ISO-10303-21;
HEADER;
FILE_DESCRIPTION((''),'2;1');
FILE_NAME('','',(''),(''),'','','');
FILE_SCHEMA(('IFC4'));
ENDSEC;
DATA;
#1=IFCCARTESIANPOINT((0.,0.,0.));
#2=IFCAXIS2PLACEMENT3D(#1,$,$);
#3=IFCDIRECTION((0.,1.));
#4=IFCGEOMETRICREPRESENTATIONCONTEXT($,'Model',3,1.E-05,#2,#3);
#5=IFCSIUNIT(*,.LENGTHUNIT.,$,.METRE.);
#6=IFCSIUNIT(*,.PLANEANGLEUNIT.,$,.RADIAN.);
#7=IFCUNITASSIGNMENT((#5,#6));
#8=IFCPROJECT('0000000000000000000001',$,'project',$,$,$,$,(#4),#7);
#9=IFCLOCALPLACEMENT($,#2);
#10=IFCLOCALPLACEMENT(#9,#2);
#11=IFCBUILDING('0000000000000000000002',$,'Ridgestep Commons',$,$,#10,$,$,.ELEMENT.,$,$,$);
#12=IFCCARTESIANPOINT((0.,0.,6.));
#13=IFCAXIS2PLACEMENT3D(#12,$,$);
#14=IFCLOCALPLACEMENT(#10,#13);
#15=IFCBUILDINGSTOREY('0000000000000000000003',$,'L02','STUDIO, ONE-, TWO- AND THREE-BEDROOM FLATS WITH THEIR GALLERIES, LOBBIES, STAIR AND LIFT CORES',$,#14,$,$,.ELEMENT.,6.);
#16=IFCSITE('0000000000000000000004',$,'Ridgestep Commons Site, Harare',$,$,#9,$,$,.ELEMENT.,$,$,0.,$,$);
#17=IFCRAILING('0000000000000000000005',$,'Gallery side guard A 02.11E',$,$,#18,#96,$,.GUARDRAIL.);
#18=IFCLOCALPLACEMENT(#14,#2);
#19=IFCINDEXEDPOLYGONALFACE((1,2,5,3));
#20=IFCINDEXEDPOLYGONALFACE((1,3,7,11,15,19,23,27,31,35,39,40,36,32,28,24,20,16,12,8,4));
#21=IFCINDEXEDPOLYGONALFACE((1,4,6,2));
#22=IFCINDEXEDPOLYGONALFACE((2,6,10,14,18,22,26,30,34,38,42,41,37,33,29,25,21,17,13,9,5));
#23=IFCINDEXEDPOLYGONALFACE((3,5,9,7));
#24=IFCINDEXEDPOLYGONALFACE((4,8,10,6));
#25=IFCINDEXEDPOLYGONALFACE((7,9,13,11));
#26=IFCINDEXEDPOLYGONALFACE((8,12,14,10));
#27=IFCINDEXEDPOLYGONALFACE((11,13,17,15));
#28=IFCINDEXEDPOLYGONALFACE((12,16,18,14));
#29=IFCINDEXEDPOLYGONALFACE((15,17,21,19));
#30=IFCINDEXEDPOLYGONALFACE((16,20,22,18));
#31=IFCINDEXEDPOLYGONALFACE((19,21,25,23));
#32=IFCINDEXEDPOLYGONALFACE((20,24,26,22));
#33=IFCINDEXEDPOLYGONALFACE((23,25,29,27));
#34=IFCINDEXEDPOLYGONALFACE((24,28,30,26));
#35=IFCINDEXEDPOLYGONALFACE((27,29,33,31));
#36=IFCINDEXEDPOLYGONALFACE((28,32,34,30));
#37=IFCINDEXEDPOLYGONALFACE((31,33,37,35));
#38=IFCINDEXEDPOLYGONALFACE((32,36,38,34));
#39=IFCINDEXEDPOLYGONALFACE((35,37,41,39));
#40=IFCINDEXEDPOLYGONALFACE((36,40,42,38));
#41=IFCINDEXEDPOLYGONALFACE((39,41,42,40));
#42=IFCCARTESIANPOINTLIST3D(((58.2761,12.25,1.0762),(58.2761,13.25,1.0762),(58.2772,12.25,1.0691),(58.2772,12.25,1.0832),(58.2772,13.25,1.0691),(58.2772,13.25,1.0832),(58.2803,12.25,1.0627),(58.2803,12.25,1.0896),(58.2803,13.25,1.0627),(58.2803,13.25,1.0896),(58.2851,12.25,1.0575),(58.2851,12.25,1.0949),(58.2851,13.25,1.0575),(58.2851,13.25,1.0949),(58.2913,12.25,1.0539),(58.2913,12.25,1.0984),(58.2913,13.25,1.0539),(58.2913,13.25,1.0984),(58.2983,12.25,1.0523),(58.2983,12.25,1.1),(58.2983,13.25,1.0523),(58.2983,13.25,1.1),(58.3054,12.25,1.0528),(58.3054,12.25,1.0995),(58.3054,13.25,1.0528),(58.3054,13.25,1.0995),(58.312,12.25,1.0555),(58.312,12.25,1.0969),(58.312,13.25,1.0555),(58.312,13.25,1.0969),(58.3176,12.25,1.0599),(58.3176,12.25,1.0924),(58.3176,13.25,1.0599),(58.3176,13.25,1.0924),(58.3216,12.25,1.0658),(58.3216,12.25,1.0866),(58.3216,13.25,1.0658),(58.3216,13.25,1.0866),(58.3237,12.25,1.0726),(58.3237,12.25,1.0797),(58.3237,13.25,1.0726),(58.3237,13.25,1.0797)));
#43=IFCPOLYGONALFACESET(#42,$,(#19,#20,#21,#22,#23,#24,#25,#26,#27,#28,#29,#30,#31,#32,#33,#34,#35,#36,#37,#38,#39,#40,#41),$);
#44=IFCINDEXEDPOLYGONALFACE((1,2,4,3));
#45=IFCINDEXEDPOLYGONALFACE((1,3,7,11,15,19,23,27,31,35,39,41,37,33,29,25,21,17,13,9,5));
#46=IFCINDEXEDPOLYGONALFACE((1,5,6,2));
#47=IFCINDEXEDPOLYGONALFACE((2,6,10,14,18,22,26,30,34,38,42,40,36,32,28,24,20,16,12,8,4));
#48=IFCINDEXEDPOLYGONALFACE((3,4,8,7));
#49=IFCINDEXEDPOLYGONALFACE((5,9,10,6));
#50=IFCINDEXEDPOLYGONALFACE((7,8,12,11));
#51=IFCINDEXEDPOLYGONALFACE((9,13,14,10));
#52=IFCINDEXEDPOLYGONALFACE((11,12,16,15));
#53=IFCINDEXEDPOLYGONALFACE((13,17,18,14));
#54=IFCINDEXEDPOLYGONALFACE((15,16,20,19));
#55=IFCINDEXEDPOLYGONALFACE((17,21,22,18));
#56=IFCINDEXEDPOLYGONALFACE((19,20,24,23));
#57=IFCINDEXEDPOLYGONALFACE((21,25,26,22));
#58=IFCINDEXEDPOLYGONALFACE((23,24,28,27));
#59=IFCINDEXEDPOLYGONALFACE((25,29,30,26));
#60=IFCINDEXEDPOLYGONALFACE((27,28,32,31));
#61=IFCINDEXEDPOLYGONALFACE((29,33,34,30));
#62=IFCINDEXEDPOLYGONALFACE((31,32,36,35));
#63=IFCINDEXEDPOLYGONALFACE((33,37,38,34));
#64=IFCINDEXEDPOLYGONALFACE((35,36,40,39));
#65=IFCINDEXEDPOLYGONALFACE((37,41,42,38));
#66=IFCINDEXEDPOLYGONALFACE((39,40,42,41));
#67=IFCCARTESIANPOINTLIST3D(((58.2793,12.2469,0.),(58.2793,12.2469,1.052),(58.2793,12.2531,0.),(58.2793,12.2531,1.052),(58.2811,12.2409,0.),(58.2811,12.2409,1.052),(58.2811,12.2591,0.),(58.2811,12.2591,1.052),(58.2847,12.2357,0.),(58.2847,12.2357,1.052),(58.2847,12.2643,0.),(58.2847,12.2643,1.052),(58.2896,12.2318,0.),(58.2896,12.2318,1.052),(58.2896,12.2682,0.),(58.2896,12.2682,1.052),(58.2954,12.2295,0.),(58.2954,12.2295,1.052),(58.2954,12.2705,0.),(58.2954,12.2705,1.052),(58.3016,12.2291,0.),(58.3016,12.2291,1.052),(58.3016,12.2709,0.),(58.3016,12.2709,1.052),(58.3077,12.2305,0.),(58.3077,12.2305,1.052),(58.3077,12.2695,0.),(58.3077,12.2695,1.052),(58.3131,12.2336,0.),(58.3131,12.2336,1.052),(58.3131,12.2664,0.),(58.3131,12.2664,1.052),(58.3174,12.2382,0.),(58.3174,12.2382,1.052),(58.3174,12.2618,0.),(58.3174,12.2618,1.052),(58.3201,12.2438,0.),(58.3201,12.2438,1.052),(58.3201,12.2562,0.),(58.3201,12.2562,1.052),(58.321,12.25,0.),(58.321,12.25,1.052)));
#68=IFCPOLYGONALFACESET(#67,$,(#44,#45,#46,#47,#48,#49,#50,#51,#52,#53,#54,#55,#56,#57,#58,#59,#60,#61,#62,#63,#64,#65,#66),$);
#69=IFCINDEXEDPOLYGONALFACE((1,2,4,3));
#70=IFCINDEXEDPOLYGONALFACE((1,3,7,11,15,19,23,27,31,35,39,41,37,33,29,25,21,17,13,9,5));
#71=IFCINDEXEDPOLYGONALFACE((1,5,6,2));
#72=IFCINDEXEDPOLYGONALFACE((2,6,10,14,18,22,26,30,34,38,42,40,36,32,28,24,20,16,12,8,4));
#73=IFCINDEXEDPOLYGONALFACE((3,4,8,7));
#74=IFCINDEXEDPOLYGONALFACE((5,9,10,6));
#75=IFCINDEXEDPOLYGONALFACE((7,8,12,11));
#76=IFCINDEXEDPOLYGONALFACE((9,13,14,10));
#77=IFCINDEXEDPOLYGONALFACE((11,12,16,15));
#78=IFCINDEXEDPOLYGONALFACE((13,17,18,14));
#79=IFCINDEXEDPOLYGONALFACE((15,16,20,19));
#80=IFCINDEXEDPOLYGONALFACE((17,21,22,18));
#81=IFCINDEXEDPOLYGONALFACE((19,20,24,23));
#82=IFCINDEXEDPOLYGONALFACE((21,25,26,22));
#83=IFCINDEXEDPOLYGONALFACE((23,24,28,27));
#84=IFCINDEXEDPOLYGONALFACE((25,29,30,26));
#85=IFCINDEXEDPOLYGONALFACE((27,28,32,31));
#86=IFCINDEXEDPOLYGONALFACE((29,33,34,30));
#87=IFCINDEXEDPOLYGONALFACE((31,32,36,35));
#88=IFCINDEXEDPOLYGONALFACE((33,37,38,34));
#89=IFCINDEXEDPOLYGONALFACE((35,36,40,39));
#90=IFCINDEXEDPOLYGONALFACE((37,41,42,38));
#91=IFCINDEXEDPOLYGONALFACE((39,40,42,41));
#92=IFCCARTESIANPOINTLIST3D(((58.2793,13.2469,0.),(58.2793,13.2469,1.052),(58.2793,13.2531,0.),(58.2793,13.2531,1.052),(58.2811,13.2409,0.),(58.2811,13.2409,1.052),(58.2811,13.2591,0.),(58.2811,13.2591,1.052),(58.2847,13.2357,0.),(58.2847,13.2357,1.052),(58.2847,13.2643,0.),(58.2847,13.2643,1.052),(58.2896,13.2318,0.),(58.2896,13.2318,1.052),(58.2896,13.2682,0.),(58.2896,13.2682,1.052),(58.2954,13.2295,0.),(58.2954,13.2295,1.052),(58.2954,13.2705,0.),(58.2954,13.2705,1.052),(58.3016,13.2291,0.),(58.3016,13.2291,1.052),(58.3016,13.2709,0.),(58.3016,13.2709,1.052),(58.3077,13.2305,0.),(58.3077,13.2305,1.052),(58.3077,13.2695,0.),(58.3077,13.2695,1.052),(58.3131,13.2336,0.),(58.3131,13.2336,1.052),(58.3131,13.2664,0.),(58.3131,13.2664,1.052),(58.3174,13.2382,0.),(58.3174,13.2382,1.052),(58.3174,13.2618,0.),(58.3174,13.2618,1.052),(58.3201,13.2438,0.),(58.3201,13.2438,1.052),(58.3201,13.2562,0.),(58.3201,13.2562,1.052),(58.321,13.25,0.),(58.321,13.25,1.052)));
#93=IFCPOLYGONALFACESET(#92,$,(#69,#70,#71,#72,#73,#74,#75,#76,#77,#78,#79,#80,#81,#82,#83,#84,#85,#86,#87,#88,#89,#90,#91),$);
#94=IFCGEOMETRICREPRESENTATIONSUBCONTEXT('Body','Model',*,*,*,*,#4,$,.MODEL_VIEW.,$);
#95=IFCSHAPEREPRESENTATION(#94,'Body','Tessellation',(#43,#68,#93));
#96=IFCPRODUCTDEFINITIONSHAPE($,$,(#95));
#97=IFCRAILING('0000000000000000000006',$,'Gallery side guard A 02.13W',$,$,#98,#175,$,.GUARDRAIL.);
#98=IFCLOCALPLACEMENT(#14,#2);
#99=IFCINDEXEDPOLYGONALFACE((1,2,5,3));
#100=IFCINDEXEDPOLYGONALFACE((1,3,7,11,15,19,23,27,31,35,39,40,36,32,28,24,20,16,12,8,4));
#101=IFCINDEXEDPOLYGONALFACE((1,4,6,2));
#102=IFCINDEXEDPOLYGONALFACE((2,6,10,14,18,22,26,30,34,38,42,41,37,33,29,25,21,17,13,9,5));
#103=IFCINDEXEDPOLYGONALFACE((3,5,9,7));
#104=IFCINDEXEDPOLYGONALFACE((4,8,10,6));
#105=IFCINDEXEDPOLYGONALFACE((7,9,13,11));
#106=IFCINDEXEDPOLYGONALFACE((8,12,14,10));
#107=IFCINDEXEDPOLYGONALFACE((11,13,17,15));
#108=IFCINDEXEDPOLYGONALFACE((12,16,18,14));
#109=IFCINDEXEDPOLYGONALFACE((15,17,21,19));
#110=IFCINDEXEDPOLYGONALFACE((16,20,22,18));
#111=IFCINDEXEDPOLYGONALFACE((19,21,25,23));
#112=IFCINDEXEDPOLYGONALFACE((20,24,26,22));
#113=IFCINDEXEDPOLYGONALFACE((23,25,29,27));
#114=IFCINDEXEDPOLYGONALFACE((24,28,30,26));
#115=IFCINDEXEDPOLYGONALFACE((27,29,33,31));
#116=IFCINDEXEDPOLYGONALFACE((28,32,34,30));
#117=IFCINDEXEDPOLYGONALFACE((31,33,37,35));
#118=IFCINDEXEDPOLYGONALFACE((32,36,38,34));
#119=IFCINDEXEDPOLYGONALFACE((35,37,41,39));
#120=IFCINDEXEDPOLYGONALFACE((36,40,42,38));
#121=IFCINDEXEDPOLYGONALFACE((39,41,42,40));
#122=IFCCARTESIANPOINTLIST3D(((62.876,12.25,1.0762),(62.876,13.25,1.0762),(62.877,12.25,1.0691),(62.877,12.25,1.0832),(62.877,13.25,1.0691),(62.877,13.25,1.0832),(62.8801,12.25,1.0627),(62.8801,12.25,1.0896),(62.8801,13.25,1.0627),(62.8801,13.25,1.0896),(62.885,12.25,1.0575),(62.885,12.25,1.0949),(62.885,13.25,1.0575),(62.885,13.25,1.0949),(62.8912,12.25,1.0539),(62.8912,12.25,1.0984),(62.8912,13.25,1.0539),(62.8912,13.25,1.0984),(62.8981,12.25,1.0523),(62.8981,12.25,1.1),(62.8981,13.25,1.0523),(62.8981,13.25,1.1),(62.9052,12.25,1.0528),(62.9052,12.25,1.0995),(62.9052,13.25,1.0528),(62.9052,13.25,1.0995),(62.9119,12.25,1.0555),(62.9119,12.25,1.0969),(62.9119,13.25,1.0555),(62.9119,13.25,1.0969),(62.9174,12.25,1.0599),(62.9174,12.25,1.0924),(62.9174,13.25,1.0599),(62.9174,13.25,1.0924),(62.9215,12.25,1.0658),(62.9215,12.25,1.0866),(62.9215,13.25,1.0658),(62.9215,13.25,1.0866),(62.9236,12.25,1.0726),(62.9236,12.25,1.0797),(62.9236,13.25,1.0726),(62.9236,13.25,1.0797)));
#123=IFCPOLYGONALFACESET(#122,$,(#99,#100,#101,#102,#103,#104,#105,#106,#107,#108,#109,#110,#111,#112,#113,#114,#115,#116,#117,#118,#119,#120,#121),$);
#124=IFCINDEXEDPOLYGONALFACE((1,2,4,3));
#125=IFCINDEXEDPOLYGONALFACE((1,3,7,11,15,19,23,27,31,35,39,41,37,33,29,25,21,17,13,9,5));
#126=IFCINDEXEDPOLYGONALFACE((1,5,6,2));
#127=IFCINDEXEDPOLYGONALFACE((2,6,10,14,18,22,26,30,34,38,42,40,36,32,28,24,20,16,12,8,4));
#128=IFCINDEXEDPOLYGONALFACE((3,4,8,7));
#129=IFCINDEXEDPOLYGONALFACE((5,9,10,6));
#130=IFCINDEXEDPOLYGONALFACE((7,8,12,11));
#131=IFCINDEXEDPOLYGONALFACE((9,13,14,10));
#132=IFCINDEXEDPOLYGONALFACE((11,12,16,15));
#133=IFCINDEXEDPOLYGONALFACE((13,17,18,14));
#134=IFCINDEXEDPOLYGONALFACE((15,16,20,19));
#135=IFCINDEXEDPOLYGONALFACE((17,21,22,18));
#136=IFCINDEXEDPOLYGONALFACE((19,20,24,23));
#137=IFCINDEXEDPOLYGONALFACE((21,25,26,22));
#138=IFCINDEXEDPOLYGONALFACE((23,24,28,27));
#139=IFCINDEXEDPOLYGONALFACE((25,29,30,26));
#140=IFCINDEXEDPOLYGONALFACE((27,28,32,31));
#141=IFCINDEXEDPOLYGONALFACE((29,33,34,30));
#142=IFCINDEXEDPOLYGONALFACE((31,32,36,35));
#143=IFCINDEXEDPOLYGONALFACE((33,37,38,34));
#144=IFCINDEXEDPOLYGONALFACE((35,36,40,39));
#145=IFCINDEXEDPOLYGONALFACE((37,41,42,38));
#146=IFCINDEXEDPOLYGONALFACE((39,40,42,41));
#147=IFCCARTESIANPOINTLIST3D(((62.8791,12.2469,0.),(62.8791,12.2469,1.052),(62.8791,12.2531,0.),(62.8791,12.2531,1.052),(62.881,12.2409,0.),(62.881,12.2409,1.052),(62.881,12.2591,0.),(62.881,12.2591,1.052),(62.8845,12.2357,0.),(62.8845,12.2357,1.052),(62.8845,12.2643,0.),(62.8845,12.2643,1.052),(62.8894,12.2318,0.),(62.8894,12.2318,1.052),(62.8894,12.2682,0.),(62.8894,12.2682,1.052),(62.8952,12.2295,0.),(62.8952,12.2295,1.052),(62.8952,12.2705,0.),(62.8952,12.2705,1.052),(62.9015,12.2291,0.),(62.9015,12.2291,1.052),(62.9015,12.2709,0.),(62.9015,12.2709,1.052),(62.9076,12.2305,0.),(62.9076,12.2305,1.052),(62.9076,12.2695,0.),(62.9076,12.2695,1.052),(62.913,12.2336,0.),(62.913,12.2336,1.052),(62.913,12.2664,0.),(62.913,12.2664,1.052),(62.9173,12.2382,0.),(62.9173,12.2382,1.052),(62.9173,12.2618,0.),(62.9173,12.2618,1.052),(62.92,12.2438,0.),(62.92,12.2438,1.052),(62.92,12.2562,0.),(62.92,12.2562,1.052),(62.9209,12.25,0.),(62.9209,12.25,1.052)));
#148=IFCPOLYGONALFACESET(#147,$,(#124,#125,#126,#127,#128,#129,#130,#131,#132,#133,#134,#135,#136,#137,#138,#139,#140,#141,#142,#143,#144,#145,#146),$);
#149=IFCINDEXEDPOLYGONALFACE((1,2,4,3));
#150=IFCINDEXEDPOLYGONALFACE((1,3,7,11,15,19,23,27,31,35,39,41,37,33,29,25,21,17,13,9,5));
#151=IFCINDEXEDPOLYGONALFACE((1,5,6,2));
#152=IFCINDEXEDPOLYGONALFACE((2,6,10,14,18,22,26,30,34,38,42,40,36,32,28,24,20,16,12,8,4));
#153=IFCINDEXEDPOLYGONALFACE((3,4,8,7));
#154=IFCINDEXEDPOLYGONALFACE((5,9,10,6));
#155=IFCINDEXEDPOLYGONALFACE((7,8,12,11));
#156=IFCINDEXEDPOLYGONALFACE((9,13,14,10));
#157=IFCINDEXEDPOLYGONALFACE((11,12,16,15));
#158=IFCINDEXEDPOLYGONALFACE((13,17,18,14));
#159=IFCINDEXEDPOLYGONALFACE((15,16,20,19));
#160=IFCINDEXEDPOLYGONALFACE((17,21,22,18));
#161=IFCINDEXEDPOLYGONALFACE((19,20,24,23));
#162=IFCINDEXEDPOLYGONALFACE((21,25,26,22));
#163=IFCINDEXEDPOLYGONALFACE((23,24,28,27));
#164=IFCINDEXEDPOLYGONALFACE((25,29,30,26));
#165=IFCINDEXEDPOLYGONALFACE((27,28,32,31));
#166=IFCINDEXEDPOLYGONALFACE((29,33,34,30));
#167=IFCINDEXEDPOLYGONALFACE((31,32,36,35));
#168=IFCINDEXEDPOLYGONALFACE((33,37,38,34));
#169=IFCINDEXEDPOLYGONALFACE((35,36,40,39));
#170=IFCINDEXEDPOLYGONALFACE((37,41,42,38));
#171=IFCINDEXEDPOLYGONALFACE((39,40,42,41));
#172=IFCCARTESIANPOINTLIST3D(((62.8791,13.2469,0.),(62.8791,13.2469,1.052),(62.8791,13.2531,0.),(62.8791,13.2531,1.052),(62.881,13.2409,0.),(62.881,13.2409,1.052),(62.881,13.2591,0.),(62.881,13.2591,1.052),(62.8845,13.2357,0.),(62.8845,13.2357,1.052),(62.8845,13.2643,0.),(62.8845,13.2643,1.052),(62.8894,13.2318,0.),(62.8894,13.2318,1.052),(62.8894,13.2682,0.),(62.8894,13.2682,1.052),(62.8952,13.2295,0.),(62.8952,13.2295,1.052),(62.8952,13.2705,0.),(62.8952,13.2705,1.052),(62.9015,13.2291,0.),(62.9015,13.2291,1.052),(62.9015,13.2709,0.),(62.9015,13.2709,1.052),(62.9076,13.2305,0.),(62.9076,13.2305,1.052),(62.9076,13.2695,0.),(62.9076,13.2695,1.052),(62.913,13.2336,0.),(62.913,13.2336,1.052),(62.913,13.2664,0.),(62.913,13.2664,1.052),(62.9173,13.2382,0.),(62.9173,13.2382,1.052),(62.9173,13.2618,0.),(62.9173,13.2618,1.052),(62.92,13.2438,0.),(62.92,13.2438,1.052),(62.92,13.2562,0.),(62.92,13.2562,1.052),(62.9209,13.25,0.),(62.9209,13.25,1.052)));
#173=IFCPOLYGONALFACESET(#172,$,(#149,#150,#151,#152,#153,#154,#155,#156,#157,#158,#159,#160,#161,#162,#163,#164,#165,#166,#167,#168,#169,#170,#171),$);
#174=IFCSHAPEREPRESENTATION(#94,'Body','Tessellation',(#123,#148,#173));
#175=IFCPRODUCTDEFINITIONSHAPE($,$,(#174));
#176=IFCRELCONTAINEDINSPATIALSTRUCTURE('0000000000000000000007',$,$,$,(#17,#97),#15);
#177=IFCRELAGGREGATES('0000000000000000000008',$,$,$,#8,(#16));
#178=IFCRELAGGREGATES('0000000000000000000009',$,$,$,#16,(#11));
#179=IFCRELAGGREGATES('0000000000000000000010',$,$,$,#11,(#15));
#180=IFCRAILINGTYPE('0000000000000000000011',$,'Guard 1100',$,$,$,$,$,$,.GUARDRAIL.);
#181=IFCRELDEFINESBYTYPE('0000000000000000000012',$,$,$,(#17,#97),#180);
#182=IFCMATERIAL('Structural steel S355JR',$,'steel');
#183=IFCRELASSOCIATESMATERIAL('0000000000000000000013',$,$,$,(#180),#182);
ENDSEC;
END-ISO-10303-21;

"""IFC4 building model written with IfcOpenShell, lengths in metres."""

from ifc_helpers import new_model, si_unit, direction, frame, origin, origin_2d, place, context, subcontext, project, spatial, circle, extrude, material, type_object, element, save


model = new_model("IFC4")

# Units and contexts
model_context = context("Model", 3, precision=1e-05, world=origin(), true_north=direction((0.0, 1.0)))
body_context = subcontext(model_context, "Body", "Model", "MODEL_VIEW")
ifc_project = project(units=[si_unit("LENGTHUNIT", "METRE"), si_unit("PLANEANGLEUNIT", "RADIAN")], contexts=[model_context])

# Site, building, storey
site_placement = place(None, origin())
site = spatial("IfcSite", under=ifc_project, at=site_placement, Name="Ridgestep Commons Site, Harare", CompositionType="ELEMENT", RefElevation=0.0)
building_placement = place(site_placement, origin())
building = spatial("IfcBuilding", under=site, at=building_placement, Name="Ridgestep Commons", CompositionType="ELEMENT")
storey_placement = place(building_placement, frame((0.0, 0.0, 6.0)))
storey = spatial("IfcBuildingStorey", under=building, at=storey_placement, Name="L02", Description="STUDIO, ONE-, TWO- AND THREE-BEDROOM FLATS WITH THEIR GALLERIES, LOBBIES, STAIR AND LIFT CORES", CompositionType="ELEMENT", Elevation=6.0)

# Railings
ifc_material_1 = material(Name="Structural steel S355JR", Category="steel")
railing_type = type_object("IfcRailingType", Name="Guard 1100", PredefinedType="GUARDRAIL", material=ifc_material_1)
for number, where, name in (
    (1, (58.3, 12.25, 0.0), "Gallery side guard A 02.11E"),
    (2, (62.8999, 12.25, 0.0), "Gallery side guard A 02.13W"),
):
    element("IfcRailing", number, at=place(storey_placement, frame(where)), inside=storey, type_object=railing_type, Name=name, PredefinedType="GUARDRAIL", context=body_context, shape_type="SweptSolid", body=[
        extrude(circle(Radius=0.0239, at=origin_2d()), frame((0.0, 0.0, 1.0762), z_axis=(0.0, 1.0, 0.0), x_axis=(-1.0, 0.0, 0.0)), (0.0, 0.0, 1.0), 1.0),
        extrude(circle(Radius=0.021, at=origin_2d()), origin(), (0.0, 0.0, 1.0), 1.052),
        extrude(circle(Radius=0.021, at=origin_2d()), frame((0.0, 1.0, 0.0)), (0.0, 0.0, 1.0), 1.052),
    ])

save(model, "model.ifc")
